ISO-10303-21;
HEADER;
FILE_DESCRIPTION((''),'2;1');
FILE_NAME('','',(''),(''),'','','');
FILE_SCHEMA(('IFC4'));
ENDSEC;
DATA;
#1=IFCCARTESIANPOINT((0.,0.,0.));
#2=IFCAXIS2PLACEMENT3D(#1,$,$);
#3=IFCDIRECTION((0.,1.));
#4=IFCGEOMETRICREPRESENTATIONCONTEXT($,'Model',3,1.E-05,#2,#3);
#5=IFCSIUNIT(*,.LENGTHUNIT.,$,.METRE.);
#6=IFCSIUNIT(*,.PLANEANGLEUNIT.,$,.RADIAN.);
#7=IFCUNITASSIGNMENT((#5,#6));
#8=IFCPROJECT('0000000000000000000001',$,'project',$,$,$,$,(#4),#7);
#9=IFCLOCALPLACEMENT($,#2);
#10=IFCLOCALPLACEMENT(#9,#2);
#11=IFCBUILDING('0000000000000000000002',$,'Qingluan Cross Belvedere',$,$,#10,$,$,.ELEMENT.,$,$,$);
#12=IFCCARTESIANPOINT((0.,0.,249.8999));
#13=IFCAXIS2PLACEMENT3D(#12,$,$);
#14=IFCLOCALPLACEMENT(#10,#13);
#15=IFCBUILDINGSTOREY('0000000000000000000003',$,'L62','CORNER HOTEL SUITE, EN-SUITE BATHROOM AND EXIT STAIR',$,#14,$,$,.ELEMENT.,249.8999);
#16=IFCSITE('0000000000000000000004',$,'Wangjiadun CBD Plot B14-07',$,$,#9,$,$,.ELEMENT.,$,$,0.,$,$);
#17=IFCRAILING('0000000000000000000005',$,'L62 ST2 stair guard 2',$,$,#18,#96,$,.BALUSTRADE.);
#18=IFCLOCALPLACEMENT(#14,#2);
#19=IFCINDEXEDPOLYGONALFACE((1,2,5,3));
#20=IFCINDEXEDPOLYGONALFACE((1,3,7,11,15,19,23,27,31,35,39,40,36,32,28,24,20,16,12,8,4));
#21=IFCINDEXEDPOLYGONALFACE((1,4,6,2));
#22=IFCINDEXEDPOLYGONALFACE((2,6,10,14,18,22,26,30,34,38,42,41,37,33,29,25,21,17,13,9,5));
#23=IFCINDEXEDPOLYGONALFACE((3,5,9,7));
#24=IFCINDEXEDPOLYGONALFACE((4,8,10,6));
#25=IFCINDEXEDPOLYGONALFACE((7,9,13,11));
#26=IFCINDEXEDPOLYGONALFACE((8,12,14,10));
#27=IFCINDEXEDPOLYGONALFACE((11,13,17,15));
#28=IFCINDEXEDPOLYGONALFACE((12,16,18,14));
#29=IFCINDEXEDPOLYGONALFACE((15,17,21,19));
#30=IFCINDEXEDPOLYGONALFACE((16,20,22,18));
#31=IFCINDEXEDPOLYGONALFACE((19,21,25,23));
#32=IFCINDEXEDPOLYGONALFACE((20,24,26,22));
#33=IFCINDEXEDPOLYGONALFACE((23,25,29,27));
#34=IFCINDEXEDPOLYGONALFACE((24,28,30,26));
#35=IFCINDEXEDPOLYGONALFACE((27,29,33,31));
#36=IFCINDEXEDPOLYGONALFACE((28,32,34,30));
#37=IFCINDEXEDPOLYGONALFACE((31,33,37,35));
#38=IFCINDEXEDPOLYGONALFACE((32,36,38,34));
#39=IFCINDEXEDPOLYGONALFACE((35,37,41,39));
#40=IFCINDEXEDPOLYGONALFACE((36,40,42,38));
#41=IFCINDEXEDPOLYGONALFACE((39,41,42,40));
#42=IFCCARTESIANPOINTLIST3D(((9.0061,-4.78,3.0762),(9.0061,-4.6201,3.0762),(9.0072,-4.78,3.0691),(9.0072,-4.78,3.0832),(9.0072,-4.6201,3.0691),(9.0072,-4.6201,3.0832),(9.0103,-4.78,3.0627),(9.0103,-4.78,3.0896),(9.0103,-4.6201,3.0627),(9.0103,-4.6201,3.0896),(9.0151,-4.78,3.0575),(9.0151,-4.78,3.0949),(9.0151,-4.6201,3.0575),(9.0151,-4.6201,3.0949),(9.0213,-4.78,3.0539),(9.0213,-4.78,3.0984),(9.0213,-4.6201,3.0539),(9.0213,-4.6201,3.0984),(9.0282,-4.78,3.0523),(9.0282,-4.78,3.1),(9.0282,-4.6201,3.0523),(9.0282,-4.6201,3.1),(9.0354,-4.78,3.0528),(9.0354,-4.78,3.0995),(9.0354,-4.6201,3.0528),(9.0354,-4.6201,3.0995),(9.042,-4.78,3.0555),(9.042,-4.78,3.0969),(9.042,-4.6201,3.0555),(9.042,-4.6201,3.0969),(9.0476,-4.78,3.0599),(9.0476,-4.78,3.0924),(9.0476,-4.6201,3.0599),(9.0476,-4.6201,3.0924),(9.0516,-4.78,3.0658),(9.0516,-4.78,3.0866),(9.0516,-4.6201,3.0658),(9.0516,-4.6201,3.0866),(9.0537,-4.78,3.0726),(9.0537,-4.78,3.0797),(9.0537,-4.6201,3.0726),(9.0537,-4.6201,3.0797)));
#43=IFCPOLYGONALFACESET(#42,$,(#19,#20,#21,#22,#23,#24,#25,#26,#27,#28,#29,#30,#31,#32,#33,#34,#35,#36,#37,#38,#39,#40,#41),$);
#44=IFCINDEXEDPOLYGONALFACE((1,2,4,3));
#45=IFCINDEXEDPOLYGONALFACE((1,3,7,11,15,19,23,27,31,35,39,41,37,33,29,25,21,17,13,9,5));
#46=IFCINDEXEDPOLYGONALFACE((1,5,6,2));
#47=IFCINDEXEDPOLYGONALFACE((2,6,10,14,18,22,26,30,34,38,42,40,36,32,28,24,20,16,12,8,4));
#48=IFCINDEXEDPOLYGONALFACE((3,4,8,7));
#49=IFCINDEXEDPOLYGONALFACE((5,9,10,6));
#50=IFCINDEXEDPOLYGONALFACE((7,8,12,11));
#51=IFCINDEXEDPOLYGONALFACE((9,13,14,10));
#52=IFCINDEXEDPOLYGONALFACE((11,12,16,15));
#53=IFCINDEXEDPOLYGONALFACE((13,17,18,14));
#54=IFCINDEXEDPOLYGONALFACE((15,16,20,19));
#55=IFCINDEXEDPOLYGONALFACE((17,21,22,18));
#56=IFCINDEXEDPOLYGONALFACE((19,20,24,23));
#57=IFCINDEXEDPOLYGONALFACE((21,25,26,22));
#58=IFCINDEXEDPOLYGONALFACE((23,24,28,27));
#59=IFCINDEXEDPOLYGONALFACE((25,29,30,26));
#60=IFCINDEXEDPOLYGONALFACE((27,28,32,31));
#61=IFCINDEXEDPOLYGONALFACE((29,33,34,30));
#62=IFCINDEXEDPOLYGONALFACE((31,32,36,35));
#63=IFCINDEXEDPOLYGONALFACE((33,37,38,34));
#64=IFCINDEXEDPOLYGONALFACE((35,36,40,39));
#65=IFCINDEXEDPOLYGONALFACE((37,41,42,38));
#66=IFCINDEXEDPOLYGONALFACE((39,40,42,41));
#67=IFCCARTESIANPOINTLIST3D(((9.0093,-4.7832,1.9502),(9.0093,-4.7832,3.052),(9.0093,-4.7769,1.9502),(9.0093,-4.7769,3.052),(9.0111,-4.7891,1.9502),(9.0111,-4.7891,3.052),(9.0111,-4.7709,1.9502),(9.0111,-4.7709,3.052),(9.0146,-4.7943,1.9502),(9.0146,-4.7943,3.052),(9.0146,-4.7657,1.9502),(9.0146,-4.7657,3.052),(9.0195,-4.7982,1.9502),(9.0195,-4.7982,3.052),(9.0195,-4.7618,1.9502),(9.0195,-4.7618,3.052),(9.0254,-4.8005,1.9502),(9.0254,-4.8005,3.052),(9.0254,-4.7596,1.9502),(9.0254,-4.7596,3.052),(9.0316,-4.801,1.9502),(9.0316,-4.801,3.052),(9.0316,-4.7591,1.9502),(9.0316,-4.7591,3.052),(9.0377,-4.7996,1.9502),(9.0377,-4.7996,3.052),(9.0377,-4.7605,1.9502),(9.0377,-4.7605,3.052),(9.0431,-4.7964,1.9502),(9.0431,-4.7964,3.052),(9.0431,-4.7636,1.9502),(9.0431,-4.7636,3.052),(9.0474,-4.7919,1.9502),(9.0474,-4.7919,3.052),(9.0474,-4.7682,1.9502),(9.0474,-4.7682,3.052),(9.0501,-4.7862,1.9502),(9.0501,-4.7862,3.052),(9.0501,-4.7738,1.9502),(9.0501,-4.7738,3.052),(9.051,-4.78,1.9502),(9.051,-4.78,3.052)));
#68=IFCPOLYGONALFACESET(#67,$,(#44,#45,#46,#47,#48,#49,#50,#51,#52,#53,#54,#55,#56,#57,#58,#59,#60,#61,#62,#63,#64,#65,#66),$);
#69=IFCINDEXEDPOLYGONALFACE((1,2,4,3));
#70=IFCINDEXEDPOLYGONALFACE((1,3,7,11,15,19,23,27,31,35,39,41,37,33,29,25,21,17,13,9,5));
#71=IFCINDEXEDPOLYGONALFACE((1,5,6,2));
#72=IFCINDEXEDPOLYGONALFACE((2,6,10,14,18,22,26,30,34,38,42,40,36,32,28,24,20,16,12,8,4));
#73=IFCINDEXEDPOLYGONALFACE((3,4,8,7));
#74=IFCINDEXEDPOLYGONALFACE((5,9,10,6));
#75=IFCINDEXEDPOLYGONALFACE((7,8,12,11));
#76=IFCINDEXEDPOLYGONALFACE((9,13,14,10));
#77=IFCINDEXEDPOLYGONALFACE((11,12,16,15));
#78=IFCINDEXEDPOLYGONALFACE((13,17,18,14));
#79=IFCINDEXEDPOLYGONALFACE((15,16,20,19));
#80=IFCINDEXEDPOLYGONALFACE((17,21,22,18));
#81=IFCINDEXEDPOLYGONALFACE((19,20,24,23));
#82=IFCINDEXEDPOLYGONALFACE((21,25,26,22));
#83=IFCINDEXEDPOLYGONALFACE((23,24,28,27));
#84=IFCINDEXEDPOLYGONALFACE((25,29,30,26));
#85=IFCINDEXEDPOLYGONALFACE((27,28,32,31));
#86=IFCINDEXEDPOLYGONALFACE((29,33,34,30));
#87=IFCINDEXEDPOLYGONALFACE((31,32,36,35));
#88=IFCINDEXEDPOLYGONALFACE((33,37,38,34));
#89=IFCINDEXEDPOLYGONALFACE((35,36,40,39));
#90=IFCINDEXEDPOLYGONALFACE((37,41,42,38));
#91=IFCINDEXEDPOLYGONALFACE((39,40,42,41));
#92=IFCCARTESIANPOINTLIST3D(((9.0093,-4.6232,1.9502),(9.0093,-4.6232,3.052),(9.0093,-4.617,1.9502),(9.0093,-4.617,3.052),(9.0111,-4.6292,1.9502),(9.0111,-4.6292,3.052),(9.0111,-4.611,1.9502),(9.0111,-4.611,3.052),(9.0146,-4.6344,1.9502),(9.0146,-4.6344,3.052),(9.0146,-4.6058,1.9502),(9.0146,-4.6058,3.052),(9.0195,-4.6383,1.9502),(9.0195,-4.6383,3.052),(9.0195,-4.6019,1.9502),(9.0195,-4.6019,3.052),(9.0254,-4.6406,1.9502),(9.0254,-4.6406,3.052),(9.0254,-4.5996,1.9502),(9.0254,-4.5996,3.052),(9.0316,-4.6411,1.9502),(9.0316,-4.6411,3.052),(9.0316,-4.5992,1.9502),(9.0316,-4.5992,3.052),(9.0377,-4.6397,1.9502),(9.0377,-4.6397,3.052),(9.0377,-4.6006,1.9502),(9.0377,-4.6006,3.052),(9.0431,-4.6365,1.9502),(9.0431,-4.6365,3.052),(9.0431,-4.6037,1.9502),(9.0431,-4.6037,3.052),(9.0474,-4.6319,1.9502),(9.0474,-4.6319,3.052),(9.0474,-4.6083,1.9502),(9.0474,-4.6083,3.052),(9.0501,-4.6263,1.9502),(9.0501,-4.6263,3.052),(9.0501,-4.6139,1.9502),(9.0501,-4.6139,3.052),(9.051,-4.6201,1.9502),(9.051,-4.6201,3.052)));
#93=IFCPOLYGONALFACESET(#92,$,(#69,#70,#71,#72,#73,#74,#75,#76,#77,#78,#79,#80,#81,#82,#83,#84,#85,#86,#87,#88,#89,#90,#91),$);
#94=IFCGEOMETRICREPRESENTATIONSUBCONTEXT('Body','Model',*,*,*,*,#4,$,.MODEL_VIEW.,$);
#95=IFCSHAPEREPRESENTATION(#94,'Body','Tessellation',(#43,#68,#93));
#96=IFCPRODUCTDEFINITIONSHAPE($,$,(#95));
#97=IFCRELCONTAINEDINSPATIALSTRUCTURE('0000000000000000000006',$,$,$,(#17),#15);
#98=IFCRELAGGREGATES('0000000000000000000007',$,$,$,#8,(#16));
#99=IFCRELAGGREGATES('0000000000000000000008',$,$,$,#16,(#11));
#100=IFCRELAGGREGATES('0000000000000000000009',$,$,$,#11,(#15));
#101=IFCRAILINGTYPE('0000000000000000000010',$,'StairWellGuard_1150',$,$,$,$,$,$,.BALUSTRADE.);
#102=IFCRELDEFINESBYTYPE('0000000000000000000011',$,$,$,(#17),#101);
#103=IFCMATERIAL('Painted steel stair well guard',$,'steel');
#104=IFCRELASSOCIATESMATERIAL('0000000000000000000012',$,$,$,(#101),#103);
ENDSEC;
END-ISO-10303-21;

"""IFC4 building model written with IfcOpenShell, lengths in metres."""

from ifc_helpers import new_model, si_unit, direction, frame, origin, origin_2d, place, context, subcontext, project, spatial, circle, extrude, material, type_object, element, save


model = new_model("IFC4")

# Units and contexts
model_context = context("Model", 3, precision=1e-05, world=origin(), true_north=direction((0.0, 1.0)))
body_context = subcontext(model_context, "Body", "Model", "MODEL_VIEW")
ifc_project = project(units=[si_unit("LENGTHUNIT", "METRE"), si_unit("PLANEANGLEUNIT", "RADIAN")], contexts=[model_context])

# Site, building, storey
site_placement = place(None, origin())
site = spatial("IfcSite", under=ifc_project, at=site_placement, Name="Wangjiadun CBD Plot B14-07", CompositionType="ELEMENT", RefElevation=0.0)
building_placement = place(site_placement, origin())
building = spatial("IfcBuilding", under=site, at=building_placement, Name="Qingluan Cross Belvedere", CompositionType="ELEMENT")
storey_placement = place(building_placement, frame((0.0, 0.0, 249.8999)))
storey = spatial("IfcBuildingStorey", under=building, at=storey_placement, Name="L62", Description="CORNER HOTEL SUITE, EN-SUITE BATHROOM AND EXIT STAIR", CompositionType="ELEMENT", Elevation=249.8999)

# Railing
ifc_material_1 = material(Name="Painted steel stair well guard", Category="steel")
railing_type_1 = type_object("IfcRailingType", Name="StairWellGuard_1150", PredefinedType="BALUSTRADE", material=ifc_material_1)
railing_1_placement = place(storey_placement, frame((9.03, -4.78, 1.9502)))
element("IfcRailing", 1, at=railing_1_placement, inside=storey, type_object=railing_type_1, Name="L62 ST2 stair guard 2", PredefinedType="BALUSTRADE", context=body_context, shape_type="SweptSolid", body=[
    extrude(circle(Radius=0.0239, at=origin_2d()), frame((0.0, 0.0, 1.126), z_axis=(0.0, 1.0, 0.0), x_axis=(-1.0, 0.0, 0.0)), (0.0, 0.0, 1.0), 0.1599),
    extrude(circle(Radius=0.021, at=origin_2d()), origin(), (0.0, 0.0, 1.0), 1.1018),
    extrude(circle(Radius=0.021, at=origin_2d()), frame((0.0, 0.1599, 0.0)), (0.0, 0.0, 1.0), 1.1018),
])

save(model, "model.ifc")
